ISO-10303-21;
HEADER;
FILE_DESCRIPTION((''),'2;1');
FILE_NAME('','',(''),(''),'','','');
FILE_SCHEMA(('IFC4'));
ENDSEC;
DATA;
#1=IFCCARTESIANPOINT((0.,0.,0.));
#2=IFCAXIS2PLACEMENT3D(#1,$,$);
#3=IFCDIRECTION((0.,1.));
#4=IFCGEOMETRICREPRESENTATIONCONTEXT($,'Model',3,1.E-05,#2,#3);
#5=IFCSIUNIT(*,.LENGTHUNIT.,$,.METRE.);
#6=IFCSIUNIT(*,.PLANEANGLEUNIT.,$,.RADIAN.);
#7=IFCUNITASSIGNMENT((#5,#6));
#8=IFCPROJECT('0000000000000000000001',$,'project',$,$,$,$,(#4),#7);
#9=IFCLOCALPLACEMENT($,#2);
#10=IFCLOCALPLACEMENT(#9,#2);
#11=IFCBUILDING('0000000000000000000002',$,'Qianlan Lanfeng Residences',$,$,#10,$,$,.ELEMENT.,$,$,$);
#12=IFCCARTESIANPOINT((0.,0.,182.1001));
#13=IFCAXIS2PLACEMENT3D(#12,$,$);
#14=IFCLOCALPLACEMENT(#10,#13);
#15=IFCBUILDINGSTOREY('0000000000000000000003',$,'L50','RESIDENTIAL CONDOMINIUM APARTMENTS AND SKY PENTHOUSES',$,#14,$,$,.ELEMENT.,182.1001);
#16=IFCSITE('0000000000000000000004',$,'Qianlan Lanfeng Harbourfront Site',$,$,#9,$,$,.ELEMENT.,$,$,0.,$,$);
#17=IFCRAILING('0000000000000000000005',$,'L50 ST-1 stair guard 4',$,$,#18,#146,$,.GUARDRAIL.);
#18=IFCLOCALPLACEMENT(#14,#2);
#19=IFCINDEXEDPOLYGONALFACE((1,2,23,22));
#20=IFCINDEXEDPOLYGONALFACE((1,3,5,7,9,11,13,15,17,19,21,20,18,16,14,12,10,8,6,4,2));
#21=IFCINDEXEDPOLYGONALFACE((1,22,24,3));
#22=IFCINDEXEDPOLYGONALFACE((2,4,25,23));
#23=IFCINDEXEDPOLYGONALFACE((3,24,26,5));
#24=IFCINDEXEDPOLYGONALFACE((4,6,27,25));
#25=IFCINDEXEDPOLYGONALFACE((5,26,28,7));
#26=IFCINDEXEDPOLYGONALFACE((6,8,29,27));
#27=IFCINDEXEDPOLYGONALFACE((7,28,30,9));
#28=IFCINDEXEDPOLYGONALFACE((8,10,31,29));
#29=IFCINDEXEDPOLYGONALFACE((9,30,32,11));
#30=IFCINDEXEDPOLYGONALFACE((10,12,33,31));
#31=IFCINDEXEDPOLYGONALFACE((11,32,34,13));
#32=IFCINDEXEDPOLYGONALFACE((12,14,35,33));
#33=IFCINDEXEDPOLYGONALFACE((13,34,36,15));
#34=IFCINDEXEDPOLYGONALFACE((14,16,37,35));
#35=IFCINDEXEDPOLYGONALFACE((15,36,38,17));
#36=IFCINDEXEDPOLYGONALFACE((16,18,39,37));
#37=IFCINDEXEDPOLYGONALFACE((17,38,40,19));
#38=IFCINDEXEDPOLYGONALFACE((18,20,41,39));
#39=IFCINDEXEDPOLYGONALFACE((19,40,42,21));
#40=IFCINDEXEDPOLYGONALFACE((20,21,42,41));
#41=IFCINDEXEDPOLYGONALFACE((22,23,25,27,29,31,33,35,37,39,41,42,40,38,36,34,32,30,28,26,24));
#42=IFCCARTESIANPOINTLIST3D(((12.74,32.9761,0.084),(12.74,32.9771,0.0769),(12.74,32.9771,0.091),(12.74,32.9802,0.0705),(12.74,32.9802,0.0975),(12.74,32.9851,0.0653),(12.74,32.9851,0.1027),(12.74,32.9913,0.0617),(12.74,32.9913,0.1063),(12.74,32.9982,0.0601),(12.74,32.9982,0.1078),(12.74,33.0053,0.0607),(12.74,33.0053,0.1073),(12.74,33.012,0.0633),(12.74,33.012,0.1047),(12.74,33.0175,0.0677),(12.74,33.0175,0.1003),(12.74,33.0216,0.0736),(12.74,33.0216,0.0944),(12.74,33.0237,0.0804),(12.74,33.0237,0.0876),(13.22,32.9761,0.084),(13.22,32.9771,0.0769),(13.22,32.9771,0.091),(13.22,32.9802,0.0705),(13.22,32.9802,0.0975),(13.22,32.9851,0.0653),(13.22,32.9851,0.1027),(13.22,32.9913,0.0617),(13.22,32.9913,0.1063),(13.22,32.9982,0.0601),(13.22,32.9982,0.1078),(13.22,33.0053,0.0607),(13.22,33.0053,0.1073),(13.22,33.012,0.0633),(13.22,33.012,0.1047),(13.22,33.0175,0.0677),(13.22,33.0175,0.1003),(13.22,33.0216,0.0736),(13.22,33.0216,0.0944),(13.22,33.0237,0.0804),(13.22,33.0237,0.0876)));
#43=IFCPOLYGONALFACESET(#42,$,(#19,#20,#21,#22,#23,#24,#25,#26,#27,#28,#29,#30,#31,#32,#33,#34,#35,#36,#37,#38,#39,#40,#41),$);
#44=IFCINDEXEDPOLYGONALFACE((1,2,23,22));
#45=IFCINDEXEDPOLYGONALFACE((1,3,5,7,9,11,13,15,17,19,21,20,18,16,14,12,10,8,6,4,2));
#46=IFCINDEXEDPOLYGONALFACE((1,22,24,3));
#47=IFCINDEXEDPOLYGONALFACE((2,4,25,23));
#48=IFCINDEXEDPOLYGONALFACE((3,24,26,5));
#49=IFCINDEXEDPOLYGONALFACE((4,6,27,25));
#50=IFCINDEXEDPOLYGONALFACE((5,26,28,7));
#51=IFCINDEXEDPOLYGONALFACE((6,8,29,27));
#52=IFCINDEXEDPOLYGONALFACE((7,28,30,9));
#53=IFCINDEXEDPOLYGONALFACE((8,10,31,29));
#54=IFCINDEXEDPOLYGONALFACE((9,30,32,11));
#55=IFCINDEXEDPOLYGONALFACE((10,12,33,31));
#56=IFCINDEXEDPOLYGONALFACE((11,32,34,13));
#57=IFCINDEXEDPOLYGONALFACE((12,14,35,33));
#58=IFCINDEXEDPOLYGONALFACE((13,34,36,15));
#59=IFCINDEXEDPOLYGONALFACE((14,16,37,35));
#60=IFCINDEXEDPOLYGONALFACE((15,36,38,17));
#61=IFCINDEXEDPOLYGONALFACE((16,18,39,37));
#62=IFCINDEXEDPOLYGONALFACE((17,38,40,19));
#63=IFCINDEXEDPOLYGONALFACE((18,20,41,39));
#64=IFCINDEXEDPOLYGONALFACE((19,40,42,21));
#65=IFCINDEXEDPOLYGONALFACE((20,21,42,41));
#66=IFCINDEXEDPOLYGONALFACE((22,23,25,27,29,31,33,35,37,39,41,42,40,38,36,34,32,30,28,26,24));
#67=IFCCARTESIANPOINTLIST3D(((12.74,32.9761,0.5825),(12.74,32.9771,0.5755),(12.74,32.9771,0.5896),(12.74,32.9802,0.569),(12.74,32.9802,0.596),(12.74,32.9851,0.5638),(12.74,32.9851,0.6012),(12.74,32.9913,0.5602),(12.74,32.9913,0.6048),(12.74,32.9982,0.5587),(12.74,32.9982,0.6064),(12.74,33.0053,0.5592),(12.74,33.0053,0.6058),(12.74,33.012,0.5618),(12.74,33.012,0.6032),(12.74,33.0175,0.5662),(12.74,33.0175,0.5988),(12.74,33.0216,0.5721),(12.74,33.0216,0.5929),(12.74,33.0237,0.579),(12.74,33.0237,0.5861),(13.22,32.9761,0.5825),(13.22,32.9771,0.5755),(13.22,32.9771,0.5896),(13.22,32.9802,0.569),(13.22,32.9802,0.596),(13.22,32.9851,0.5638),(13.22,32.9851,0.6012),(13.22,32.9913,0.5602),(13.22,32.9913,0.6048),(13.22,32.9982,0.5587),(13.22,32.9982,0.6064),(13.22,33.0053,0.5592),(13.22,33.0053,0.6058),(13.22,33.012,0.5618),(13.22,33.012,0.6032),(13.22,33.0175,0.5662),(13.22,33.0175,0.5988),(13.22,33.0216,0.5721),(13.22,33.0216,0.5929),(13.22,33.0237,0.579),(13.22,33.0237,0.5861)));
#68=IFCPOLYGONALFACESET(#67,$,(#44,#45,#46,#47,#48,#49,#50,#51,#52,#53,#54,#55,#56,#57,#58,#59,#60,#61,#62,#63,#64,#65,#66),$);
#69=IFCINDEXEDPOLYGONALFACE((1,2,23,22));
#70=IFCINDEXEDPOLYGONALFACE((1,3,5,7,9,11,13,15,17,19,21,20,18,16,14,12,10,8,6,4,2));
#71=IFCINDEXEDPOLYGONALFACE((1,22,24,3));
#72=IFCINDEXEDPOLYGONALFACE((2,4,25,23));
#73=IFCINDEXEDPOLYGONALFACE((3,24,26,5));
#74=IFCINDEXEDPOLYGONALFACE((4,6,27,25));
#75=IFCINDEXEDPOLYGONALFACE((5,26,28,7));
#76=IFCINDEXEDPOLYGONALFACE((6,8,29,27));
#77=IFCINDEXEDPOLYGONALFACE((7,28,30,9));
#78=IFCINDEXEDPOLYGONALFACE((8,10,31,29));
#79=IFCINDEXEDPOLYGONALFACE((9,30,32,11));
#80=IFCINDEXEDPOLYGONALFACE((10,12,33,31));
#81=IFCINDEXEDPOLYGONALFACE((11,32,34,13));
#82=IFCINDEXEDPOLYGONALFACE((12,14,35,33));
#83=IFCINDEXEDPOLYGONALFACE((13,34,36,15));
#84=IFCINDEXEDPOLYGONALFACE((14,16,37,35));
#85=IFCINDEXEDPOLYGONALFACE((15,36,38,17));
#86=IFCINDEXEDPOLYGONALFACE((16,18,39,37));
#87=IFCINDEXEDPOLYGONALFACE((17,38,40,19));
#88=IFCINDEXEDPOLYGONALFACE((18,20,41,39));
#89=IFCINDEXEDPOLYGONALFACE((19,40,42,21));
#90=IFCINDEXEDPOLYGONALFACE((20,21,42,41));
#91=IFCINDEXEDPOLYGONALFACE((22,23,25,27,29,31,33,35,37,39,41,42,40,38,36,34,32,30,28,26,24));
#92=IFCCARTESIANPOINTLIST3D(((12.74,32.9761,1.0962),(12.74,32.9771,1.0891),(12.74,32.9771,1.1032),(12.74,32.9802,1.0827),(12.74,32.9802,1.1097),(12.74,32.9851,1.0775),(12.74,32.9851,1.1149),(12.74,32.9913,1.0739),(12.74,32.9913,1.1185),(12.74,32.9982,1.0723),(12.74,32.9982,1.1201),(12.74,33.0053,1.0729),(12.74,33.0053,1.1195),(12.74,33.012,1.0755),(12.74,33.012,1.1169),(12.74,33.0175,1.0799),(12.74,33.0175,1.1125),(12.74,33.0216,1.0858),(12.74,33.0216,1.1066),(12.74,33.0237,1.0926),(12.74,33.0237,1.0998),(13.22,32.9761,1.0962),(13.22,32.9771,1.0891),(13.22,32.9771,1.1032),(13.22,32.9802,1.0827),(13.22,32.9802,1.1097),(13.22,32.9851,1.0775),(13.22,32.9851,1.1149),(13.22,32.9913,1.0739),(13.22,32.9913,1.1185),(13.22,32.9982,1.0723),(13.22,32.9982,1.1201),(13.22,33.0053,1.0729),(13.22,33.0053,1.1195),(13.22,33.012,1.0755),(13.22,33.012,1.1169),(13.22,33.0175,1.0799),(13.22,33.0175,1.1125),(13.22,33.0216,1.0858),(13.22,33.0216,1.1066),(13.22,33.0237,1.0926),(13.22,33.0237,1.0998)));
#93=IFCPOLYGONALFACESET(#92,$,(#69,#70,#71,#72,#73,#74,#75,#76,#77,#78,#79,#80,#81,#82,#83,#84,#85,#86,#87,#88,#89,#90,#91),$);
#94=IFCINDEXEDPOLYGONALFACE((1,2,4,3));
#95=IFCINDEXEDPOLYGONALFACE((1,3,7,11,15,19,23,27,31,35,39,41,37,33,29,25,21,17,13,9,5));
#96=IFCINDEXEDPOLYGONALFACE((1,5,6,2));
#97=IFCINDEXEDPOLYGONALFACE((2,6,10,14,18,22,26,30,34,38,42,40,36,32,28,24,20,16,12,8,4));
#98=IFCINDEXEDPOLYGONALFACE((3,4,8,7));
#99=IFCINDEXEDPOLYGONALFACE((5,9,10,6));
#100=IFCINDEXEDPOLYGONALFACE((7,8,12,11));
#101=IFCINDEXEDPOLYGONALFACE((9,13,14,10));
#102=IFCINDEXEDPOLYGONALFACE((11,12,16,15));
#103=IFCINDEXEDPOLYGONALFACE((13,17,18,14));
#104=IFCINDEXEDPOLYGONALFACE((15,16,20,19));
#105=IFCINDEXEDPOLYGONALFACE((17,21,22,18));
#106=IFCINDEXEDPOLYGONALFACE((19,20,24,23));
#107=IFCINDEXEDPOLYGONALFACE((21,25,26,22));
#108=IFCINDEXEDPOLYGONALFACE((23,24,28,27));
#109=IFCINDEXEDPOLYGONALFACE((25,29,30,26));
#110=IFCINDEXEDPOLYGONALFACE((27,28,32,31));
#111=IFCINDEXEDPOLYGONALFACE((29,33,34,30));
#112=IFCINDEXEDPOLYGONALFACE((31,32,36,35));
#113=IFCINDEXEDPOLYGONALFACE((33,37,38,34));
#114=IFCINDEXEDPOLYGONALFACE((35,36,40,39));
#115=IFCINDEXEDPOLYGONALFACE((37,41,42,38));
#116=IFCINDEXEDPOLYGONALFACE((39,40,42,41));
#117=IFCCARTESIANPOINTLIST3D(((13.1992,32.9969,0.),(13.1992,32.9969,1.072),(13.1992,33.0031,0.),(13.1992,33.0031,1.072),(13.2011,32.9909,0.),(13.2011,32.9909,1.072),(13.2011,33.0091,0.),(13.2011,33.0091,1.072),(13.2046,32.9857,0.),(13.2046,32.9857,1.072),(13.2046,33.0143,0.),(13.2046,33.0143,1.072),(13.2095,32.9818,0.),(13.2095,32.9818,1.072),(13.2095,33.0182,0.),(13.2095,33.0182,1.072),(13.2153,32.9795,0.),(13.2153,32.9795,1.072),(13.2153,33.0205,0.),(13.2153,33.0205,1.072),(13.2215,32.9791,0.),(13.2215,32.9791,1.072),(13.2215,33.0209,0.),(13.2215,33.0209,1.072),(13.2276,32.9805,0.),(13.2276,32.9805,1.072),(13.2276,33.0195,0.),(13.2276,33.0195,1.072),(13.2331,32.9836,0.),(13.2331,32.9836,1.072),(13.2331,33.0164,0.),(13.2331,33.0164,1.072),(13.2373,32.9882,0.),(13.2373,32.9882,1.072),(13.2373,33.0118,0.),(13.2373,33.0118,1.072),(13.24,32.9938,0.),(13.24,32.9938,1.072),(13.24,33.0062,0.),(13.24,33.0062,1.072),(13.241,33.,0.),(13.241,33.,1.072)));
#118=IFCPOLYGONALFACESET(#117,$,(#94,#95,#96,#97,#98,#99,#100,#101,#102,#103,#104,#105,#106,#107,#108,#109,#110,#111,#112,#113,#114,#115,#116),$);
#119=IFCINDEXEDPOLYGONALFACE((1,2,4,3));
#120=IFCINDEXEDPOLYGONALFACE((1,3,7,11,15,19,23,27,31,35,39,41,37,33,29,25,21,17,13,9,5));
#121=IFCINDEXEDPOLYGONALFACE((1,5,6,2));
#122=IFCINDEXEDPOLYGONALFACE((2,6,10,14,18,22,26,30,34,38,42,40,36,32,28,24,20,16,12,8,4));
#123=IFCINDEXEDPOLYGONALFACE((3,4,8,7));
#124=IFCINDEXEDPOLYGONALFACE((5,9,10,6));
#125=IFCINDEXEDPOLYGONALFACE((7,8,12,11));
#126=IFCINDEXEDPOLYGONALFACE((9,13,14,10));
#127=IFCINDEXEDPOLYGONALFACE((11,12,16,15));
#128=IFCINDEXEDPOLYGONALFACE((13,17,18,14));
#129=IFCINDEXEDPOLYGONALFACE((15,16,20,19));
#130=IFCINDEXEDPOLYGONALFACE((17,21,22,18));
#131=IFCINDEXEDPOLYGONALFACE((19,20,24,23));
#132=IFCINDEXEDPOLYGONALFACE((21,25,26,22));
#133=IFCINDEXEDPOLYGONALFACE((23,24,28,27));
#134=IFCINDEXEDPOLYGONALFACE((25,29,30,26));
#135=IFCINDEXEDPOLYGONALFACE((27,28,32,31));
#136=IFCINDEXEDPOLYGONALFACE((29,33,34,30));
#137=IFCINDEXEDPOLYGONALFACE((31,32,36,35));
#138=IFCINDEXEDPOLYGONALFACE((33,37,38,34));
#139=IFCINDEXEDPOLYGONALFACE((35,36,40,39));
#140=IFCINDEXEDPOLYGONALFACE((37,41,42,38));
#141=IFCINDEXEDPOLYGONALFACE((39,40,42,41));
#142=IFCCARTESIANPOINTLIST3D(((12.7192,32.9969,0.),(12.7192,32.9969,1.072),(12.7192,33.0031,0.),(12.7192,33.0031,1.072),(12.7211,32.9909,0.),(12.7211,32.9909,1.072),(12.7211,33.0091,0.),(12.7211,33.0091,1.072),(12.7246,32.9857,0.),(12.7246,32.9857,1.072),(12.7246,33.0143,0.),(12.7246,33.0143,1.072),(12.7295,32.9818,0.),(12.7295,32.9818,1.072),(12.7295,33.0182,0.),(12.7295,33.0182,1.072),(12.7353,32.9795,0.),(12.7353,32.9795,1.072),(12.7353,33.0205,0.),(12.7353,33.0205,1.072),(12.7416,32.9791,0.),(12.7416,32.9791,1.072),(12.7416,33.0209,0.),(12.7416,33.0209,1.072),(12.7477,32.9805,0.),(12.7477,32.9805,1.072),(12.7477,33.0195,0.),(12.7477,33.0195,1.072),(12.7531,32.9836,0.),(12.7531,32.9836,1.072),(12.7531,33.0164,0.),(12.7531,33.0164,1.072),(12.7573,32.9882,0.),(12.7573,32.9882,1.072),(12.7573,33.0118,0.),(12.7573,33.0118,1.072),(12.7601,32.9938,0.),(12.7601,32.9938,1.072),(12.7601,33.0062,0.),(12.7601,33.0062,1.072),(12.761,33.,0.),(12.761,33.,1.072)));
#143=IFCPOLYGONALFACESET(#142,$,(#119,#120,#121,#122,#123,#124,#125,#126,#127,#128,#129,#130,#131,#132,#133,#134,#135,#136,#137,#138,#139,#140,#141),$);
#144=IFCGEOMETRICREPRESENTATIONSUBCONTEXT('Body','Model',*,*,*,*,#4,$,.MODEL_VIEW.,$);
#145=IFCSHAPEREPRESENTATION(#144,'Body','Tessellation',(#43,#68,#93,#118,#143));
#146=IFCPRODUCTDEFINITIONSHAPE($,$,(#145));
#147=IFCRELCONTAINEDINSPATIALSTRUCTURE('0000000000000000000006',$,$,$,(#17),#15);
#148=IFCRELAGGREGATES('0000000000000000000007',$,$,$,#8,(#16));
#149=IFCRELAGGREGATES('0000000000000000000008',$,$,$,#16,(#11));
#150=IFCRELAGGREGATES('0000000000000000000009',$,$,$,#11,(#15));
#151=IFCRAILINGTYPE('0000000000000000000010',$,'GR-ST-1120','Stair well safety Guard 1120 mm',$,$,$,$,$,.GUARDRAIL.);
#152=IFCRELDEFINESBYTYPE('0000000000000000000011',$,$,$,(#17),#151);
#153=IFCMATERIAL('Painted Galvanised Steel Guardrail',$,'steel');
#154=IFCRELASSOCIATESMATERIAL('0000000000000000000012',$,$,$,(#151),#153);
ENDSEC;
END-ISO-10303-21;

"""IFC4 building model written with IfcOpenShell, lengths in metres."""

from ifc_helpers import new_model, si_unit, direction, frame, origin, origin_2d, place, context, subcontext, project, spatial, circle, extrude, material, type_object, element, save


model = new_model("IFC4")

# Units and contexts
model_context = context("Model", 3, precision=1e-05, world=origin(), true_north=direction((0.0, 1.0)))
body_context = subcontext(model_context, "Body", "Model", "MODEL_VIEW")
ifc_project = project(units=[si_unit("LENGTHUNIT", "METRE"), si_unit("PLANEANGLEUNIT", "RADIAN")], contexts=[model_context])

# Site, building, storey
site_placement = place(None, origin())
site = spatial("IfcSite", under=ifc_project, at=site_placement, Name="Qianlan Lanfeng Harbourfront Site", CompositionType="ELEMENT", RefElevation=0.0)
building_placement = place(site_placement, origin())
building = spatial("IfcBuilding", under=site, at=building_placement, Name="Qianlan Lanfeng Residences", CompositionType="ELEMENT")
storey_placement = place(building_placement, frame((0.0, 0.0, 182.1001)))
storey = spatial("IfcBuildingStorey", under=building, at=storey_placement, Name="L50", Description="RESIDENTIAL CONDOMINIUM APARTMENTS AND SKY PENTHOUSES", CompositionType="ELEMENT", Elevation=182.1001)

# Railing
ifc_material_1 = material(Name="Painted Galvanised Steel Guardrail", Category="steel")
railing_type_1 = type_object("IfcRailingType", Name="GR-ST-1120", Description="Stair well safety Guard 1120 mm", PredefinedType="GUARDRAIL", material=ifc_material_1)
railing_1_placement = place(storey_placement, frame((13.22, 33.0, 0.0)))
element("IfcRailing", 1, at=railing_1_placement, inside=storey, type_object=railing_type_1, Name="L50 ST-1 stair guard 4", PredefinedType="GUARDRAIL", context=body_context, shape_type="SweptSolid", body=[
    extrude(circle(Radius=0.0239, at=origin_2d()), frame((0.0, 0.0, 0.084), z_axis=(-1.0, 0.0, 0.0), x_axis=(0.0, -1.0, 0.0)), (0.0, 0.0, 1.0), 0.48),
    extrude(circle(Radius=0.0239, at=origin_2d()), frame((0.0, 0.0, 0.5825), z_axis=(-1.0, 0.0, 0.0), x_axis=(0.0, -1.0, 0.0)), (0.0, 0.0, 1.0), 0.48),
    extrude(circle(Radius=0.0239, at=origin_2d()), frame((0.0, 0.0, 1.0962), z_axis=(-1.0, 0.0, 0.0), x_axis=(0.0, -1.0, 0.0)), (0.0, 0.0, 1.0), 0.48),
    extrude(circle(Radius=0.021, at=origin_2d()), origin(), (0.0, 0.0, 1.0), 1.072),
    extrude(circle(Radius=0.021, at=origin_2d()), frame((-0.48, 0.0, 0.0)), (0.0, 0.0, 1.0), 1.072),
])

save(model, "model.ifc")
